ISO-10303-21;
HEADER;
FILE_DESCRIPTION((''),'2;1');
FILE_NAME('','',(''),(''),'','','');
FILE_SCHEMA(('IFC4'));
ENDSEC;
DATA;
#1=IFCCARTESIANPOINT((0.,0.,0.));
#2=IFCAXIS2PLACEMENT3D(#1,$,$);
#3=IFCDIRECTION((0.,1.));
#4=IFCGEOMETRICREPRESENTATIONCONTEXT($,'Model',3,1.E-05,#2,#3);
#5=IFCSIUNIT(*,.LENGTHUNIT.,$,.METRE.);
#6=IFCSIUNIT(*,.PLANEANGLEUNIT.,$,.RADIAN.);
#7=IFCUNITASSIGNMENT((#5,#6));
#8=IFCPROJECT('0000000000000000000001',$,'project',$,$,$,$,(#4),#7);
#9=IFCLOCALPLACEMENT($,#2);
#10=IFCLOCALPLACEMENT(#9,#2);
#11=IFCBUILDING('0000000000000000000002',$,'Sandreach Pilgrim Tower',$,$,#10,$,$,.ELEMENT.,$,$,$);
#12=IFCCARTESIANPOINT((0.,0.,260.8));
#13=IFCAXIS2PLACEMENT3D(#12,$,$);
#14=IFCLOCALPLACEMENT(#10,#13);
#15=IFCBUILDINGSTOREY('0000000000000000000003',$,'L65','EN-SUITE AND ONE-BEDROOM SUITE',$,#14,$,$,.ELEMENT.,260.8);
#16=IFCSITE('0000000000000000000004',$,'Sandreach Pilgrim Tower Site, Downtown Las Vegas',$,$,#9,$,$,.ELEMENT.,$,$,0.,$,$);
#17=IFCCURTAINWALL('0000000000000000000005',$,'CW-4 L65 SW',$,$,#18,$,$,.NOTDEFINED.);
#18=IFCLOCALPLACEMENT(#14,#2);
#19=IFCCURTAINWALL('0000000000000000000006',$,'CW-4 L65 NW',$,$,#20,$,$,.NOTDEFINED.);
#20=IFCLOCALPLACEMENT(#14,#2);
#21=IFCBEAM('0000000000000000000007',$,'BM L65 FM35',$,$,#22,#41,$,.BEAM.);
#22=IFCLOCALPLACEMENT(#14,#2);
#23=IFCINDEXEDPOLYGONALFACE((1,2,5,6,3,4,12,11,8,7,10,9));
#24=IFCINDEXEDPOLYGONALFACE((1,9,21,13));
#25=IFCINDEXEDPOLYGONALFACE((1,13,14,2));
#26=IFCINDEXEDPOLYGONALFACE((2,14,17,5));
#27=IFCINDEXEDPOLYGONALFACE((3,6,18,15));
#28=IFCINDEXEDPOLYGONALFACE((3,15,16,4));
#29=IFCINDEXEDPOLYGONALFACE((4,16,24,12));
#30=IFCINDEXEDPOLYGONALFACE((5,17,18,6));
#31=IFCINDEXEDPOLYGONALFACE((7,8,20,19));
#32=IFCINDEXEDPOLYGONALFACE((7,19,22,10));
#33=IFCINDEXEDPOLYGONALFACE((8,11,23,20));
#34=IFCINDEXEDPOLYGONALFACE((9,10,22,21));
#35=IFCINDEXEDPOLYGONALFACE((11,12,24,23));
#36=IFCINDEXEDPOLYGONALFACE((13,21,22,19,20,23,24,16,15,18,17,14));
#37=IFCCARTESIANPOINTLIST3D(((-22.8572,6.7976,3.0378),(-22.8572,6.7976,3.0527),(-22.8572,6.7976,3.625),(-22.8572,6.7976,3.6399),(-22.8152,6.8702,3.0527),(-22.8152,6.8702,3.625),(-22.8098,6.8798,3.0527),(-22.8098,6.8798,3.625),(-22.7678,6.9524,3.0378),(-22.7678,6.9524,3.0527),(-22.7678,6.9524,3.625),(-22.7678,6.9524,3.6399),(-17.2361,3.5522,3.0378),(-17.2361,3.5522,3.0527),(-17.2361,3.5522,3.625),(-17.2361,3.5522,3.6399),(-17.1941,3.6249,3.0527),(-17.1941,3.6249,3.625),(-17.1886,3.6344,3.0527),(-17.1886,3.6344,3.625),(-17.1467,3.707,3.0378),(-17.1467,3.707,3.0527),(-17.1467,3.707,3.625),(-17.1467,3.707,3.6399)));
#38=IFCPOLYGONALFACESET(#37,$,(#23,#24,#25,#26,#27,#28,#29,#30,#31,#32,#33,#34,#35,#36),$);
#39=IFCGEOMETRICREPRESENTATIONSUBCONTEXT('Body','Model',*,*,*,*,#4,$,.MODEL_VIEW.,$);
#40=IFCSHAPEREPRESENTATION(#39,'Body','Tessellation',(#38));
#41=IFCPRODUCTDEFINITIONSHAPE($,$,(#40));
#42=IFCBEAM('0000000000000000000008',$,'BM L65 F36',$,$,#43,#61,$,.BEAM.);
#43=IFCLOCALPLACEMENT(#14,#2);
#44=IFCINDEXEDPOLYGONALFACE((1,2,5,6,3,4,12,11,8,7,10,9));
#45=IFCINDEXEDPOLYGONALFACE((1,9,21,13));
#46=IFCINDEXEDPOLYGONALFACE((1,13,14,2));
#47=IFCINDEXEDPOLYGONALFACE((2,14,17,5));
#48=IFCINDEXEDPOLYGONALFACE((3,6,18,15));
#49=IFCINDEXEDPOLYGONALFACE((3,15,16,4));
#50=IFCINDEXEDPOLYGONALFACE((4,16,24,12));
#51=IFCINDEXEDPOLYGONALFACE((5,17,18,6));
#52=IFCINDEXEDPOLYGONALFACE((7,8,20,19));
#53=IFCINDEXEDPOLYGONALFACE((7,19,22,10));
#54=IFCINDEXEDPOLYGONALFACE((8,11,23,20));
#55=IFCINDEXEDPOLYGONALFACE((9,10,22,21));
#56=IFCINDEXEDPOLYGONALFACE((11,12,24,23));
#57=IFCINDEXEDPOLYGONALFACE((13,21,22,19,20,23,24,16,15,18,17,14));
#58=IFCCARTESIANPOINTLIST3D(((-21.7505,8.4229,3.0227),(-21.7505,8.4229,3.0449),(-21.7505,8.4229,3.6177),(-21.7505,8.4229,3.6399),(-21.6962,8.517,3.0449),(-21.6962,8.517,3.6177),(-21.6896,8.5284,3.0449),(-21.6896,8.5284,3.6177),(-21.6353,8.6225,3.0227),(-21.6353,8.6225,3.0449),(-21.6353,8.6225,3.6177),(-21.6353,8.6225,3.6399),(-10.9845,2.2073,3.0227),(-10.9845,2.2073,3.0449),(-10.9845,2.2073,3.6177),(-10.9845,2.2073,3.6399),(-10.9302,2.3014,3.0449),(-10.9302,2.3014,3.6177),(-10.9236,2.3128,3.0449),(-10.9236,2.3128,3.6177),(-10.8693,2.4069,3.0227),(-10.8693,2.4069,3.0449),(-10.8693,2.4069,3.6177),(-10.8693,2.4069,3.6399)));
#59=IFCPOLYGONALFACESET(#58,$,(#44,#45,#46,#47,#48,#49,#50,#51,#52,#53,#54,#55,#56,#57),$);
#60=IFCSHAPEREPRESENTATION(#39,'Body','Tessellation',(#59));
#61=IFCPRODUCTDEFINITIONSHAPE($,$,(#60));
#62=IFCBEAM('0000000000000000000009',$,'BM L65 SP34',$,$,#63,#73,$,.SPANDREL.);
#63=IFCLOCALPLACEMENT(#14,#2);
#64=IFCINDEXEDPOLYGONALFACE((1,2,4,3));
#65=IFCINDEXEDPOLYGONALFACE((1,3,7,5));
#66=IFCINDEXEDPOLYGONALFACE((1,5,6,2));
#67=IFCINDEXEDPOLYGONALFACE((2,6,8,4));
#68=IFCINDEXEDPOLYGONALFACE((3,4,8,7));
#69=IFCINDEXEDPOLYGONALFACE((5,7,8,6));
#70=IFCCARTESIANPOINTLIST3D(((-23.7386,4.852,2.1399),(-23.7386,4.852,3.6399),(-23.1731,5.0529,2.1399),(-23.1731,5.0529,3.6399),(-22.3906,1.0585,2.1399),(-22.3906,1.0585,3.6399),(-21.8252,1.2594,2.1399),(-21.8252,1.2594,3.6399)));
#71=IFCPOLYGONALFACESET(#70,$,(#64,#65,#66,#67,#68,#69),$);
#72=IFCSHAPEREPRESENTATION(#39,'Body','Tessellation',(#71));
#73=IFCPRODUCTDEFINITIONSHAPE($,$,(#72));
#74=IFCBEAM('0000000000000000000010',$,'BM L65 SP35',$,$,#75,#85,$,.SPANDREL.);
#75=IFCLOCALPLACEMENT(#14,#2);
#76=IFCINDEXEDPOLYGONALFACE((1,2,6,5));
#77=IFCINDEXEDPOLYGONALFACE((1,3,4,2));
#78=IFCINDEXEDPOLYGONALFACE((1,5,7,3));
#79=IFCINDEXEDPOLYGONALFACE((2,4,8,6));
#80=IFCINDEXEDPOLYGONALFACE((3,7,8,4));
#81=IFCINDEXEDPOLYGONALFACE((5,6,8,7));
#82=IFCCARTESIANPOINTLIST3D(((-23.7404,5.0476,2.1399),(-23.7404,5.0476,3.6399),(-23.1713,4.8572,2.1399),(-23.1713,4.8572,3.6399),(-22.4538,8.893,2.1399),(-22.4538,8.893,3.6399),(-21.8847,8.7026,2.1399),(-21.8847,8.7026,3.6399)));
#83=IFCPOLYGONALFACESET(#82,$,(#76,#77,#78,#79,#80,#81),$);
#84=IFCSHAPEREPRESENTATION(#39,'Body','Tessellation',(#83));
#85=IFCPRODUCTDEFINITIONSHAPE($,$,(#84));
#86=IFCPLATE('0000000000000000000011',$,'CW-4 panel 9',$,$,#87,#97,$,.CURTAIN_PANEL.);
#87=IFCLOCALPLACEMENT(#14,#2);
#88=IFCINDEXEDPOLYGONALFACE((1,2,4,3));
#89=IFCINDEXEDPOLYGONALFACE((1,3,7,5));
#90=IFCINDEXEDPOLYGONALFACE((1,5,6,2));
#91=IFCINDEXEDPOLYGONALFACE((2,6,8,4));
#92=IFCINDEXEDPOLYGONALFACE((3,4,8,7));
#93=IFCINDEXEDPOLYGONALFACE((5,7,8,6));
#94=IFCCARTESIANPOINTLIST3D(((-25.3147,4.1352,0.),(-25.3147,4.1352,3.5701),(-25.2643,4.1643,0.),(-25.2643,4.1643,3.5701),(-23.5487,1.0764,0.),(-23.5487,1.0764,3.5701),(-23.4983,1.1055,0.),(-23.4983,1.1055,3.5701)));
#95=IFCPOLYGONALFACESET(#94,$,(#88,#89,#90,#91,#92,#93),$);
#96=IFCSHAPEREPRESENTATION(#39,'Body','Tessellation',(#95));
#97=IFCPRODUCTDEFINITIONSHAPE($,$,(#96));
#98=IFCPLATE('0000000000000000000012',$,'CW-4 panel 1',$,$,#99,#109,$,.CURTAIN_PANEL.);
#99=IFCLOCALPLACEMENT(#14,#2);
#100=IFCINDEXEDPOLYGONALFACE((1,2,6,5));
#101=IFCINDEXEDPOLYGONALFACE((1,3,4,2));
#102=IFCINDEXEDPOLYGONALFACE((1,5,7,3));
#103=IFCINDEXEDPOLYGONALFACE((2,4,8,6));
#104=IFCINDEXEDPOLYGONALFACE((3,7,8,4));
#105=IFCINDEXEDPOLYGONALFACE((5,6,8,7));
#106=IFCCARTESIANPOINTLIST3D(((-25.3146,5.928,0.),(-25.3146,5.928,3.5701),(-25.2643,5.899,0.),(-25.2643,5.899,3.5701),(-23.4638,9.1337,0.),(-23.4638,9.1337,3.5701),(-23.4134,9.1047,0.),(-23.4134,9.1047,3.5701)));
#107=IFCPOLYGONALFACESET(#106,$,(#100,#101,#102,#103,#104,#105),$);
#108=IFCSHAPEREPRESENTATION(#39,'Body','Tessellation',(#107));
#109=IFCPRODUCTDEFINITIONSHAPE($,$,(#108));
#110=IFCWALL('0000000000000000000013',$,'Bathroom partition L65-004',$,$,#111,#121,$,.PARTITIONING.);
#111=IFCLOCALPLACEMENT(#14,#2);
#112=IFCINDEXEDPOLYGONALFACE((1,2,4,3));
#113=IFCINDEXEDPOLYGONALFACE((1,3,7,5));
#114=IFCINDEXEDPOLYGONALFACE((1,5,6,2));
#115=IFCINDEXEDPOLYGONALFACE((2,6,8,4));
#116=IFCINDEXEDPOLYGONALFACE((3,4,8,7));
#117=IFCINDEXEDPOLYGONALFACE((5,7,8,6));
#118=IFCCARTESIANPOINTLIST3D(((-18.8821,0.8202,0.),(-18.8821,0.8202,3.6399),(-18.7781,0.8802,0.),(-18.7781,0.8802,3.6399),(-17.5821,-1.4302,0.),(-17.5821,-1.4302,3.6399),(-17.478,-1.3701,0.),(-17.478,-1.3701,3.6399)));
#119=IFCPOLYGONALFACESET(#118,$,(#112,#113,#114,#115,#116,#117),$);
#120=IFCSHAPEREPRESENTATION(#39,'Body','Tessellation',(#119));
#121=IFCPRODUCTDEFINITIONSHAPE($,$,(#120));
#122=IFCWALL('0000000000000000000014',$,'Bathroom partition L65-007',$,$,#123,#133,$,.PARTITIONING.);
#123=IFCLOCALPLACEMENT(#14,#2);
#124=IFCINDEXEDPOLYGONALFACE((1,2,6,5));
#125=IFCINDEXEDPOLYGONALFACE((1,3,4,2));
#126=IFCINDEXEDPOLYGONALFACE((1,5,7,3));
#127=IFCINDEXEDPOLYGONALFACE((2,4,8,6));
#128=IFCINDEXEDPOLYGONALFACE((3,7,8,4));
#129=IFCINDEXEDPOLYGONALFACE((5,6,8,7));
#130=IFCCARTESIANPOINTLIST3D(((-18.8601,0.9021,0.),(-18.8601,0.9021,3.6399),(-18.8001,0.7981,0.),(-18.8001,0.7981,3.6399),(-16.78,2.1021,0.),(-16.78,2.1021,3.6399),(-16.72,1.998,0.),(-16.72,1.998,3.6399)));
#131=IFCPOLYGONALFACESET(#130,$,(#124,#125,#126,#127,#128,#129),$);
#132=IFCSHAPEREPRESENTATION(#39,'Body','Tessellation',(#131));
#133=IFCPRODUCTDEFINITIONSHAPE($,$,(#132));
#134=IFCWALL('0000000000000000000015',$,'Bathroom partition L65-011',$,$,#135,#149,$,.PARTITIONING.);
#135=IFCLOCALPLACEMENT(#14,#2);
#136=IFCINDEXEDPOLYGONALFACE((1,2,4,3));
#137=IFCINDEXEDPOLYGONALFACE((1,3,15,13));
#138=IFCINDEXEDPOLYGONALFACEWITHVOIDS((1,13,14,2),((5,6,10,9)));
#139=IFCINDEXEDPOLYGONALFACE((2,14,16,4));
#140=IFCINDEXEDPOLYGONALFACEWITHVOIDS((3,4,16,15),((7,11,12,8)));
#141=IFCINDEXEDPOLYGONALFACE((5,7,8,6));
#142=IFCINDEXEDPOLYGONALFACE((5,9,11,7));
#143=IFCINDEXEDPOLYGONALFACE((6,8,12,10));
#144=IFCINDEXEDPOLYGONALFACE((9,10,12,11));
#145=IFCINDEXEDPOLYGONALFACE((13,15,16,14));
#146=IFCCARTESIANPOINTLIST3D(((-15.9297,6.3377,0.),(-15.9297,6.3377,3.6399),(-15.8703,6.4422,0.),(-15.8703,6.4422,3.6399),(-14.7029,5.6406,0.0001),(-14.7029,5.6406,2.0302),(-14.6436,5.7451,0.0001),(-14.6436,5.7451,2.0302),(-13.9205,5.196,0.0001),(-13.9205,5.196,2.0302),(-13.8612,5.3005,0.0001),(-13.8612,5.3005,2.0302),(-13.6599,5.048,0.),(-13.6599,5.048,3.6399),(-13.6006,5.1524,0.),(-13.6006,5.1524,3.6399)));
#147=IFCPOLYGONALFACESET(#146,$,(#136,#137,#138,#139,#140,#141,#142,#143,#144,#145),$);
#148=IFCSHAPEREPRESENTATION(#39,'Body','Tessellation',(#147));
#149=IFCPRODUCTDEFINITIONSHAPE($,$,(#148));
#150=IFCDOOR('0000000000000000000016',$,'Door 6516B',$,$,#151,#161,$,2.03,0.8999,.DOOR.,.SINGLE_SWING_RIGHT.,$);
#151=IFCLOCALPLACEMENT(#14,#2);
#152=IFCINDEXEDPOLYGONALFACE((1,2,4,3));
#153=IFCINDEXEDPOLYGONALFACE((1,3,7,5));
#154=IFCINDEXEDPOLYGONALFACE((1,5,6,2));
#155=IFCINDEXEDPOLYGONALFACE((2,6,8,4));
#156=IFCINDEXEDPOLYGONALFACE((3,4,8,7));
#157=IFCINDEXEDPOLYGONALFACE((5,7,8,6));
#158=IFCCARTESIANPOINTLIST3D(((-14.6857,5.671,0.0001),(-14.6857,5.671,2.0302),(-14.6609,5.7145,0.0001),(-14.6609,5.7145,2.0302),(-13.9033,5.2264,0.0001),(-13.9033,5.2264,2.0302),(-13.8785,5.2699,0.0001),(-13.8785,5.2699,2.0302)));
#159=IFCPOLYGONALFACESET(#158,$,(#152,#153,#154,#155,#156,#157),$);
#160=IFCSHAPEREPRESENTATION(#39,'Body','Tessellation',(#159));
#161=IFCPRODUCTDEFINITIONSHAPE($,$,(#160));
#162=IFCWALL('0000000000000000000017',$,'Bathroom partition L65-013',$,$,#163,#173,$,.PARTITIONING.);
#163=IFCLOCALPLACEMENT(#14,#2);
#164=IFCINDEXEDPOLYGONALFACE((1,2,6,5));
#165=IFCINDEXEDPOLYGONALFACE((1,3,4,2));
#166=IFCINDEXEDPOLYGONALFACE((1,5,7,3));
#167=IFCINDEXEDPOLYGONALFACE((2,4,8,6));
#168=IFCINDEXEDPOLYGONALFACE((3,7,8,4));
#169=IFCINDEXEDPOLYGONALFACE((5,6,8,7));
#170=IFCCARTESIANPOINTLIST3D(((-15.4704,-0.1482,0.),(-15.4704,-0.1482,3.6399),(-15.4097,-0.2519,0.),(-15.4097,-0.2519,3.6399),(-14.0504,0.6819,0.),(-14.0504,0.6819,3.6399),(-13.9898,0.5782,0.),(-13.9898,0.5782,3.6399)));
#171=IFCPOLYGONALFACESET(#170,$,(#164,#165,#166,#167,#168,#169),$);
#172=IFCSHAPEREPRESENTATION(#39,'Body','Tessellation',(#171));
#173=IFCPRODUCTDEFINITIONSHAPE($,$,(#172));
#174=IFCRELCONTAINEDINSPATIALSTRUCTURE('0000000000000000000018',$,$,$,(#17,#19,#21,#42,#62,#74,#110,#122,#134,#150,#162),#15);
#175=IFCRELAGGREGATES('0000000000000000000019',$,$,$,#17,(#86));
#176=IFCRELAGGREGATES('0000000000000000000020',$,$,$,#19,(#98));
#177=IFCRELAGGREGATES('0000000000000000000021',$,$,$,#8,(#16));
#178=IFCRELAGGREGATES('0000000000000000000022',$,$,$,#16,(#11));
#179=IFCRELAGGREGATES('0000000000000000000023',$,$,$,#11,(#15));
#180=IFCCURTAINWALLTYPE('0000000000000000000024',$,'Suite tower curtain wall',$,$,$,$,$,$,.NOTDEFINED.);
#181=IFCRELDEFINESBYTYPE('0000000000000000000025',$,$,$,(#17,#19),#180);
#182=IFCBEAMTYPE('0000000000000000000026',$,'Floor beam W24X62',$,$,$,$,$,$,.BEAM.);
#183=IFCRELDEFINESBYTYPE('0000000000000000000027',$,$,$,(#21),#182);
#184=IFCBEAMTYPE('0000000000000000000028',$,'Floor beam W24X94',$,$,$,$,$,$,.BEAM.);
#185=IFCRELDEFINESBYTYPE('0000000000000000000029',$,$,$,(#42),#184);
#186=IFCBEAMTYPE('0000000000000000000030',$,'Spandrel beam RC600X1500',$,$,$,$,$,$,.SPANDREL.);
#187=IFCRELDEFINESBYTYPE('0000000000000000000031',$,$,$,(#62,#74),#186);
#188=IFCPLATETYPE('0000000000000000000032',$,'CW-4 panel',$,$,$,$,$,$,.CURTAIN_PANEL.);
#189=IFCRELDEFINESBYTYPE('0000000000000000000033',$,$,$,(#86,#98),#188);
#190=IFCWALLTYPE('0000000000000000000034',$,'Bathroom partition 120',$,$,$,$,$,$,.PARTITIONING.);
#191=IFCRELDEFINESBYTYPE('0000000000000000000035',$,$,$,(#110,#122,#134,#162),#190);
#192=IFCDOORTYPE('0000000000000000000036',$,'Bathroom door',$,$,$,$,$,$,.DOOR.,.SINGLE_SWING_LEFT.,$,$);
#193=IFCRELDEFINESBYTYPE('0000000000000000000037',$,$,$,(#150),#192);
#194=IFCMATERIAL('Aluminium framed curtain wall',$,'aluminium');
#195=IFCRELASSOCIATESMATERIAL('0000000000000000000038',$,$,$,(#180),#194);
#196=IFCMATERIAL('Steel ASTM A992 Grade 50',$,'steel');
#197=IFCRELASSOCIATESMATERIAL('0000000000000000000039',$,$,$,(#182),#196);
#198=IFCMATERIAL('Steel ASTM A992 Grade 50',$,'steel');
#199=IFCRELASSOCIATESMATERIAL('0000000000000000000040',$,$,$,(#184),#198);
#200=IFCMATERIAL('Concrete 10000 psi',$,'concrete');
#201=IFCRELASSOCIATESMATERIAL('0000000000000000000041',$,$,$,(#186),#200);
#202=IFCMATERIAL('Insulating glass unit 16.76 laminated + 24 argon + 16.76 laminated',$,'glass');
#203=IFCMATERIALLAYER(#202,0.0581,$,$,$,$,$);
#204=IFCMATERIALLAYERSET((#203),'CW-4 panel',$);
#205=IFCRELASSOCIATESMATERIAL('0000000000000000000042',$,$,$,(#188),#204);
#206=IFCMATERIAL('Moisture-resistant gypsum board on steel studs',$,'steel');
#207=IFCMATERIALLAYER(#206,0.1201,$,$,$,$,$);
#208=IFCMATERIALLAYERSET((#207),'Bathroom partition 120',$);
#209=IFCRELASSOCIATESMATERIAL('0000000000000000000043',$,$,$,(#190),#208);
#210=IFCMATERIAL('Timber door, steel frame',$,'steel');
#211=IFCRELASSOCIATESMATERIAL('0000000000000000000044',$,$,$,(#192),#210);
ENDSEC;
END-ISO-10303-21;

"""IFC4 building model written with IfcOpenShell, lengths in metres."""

from ifc_helpers import new_model, si_unit, direction, frame, frame_2d, origin, origin_2d, place, context, subcontext, project, spatial, rectangle, i_section, extrude, material, layer, layer_set, material_profile, profile_set, type_object, element, fill, aggregate, save


model = new_model("IFC4")

# Units and contexts
model_context = context("Model", 3, precision=1e-05, world=origin(), true_north=direction((0.0, 1.0)))
body_context = subcontext(model_context, "Body", "Model", "MODEL_VIEW")
ifc_project = project(units=[si_unit("LENGTHUNIT", "METRE"), si_unit("PLANEANGLEUNIT", "RADIAN")], contexts=[model_context])

# Site, building, storey
site_placement = place(None, origin())
site = spatial("IfcSite", under=ifc_project, at=site_placement, Name="Sandreach Pilgrim Tower Site, Downtown Las Vegas", CompositionType="ELEMENT", RefElevation=0.0)
building_placement = place(site_placement, origin())
building = spatial("IfcBuilding", under=site, at=building_placement, Name="Sandreach Pilgrim Tower", CompositionType="ELEMENT")
storey_placement = place(building_placement, frame((0.0, 0.0, 260.8)))
storey = spatial("IfcBuildingStorey", under=building, at=storey_placement, Name="L65", Description="EN-SUITE AND ONE-BEDROOM SUITE", CompositionType="ELEMENT", Elevation=260.8)

# Curtain wall
ifc_material_1 = material(Name="Aluminium framed curtain wall", Category="aluminium")
curtain_wall_type = type_object("IfcCurtainWallType", Name="Suite tower curtain wall", PredefinedType="NOTDEFINED", material=ifc_material_1)
curtain_wall_1_placement = place(storey_placement, origin())
curtain_wall_1 = element("IfcCurtainWall", 1, at=curtain_wall_1_placement, inside=storey, type_object=curtain_wall_type, Name="CW-4 L65 SW", PredefinedType="NOTDEFINED")

# Curtain wall
curtain_wall_2_placement = place(storey_placement, origin())
curtain_wall_2 = element("IfcCurtainWall", 2, at=curtain_wall_2_placement, inside=storey, type_object=curtain_wall_type, Name="CW-4 L65 NW", PredefinedType="NOTDEFINED")

# Beams
ifc_material_2 = material(Name="Steel ASTM A992 Grade 50", Category="steel")
ifc_material_profile_1 = material_profile(ifc_material_2, i_section(OverallWidth=0.1787, OverallDepth=0.6021, WebThickness=0.011, FlangeThickness=0.0149, at=origin_2d()), Name="W24X62")
ifc_profile_set_1 = profile_set([ifc_material_profile_1], Name="Steel ASTM A992 Grade 50")
beam_type_1 = type_object("IfcBeamType", Name="Floor beam W24X62", PredefinedType="BEAM", material=ifc_profile_set_1)
beam_1_placement = place(storey_placement, frame((-22.8125, 6.875, 3.3389), z_axis=(0.866024, -0.500002, 0.0), x_axis=(0.500002, 0.866024, 0.0)))
element("IfcBeam", 3, at=beam_1_placement, inside=storey, type_object=beam_type_1, Name="BM L65 FM35", PredefinedType="BEAM", context=body_context, shape_type="SweptSolid", body=[
    extrude(i_section(OverallWidth=0.1787, OverallDepth=0.6021, WebThickness=0.011, FlangeThickness=0.0149, at=origin_2d()), origin(), (0.0, 0.0, 1.0), 6.4907),
])
ifc_material_3 = material(Name="Steel ASTM A992 Grade 50", Category="steel")
ifc_material_profile_2 = material_profile(ifc_material_3, i_section(OverallWidth=0.2305, OverallDepth=0.6172, WebThickness=0.0132, FlangeThickness=0.0222, at=origin_2d()), Name="W24X94")
ifc_profile_set_2 = profile_set([ifc_material_profile_2], Name="Steel ASTM A992 Grade 50")
beam_type_2 = type_object("IfcBeamType", Name="Floor beam W24X94", PredefinedType="BEAM", material=ifc_profile_set_2)
beam_2_placement = place(storey_placement, frame((-21.6929, 8.5227, 3.3313), z_axis=(0.866029, -0.499994, 0.0), x_axis=(0.499994, 0.866029, 0.0)))
element("IfcBeam", 4, at=beam_2_placement, inside=storey, type_object=beam_type_2, Name="BM L65 F36", PredefinedType="BEAM", context=body_context, shape_type="SweptSolid", body=[
    extrude(i_section(OverallWidth=0.2305, OverallDepth=0.6172, WebThickness=0.0132, FlangeThickness=0.0222, at=origin_2d()), origin(), (0.0, 0.0, 1.0), 12.4314),
])
ifc_material_4 = material(Name="Concrete 10000 psi", Category="concrete")
ifc_material_profile_3 = material_profile(ifc_material_4, rectangle(XDim=0.6001, YDim=1.5, at=origin_2d()), Name="RC600X1500")
ifc_profile_set_3 = profile_set([ifc_material_profile_3], Name="Concrete 10000 psi")
beam_type_3 = type_object("IfcBeamType", Name="Spandrel beam RC600X1500", PredefinedType="SPANDREL", material=ifc_profile_set_3)
beam_3_placement = place(storey_placement, frame((-22.1079, 1.1589, 2.8899), z_axis=(-0.334815, 0.942284, 0.0), x_axis=(-0.942284, -0.334815, 0.0)))
element("IfcBeam", 5, at=beam_3_placement, inside=storey, type_object=beam_type_3, Name="BM L65 SP34", PredefinedType="SPANDREL", context=body_context, shape_type="SweptSolid", body=[
    extrude(rectangle(XDim=0.6001, YDim=1.5, at=origin_2d()), origin(), (0.0, 0.0, 1.0), 4.0259),
])
beam_4_placement = place(storey_placement, frame((-23.4558, 4.9524, 2.8899), z_axis=(0.317293, 0.948327, 0.0), x_axis=(-0.948327, 0.317293, 0.0)))
element("IfcBeam", 6, at=beam_4_placement, inside=storey, type_object=beam_type_3, Name="BM L65 SP35", PredefinedType="SPANDREL", context=body_context, shape_type="SweptSolid", body=[
    extrude(rectangle(XDim=0.6001, YDim=1.5, at=origin_2d()), origin(), (0.0, 0.0, 1.0), 4.0549),
])

# Plates
ifc_material_5 = material(Name="Insulating glass unit 16.76 laminated + 24 argon + 16.76 laminated", Category="glass")
ifc_layer_1 = layer(ifc_material_5, 0.0581)
ifc_layer_set_1 = layer_set([ifc_layer_1], Name="CW-4 panel")
plate_type = type_object("IfcPlateType", Name="CW-4 panel", PredefinedType="CURTAIN_PANEL", material=ifc_layer_set_1)
plate_1_placement = place(storey_placement, frame((-24.4065, 2.6204, 0.0), z_axis=(0.0, 0.0, 1.0), x_axis=(-0.5, 0.866025, 0.0)))
plate_1 = element("IfcPlate", 7, at=plate_1_placement, type_object=plate_type, Name="CW-4 panel 9", PredefinedType="CURTAIN_PANEL", context=body_context, shape_type="SweptSolid", body=[
    extrude(rectangle(XDim=3.532, YDim=0.0581, at=origin_2d()), origin(), (0.0, 0.0, 1.0), 3.5701),
])
aggregate(curtain_wall_1, [plate_1])
plate_2_placement = place(storey_placement, frame((-24.364, 7.5164, 0.0), z_axis=(0.0, 0.0, 1.0), x_axis=(0.5, 0.866025, 0.0)))
plate_2 = element("IfcPlate", 8, at=plate_2_placement, type_object=plate_type, Name="CW-4 panel 1", PredefinedType="CURTAIN_PANEL", context=body_context, shape_type="SweptSolid", body=[
    extrude(rectangle(XDim=3.7017, YDim=0.0581, at=origin_2d()), origin(), (0.0, 0.0, 1.0), 3.5701),
])
aggregate(curtain_wall_2, [plate_2])

# Walls
ifc_material_6 = material(Name="Moisture-resistant gypsum board on steel studs", Category="steel")
ifc_layer_2 = layer(ifc_material_6, 0.1201)
ifc_layer_set_2 = layer_set([ifc_layer_2], Name="Bathroom partition 120")
wall_type_1 = type_object("IfcWallType", Name="Bathroom partition 120", PredefinedType="PARTITIONING", material=ifc_layer_set_2)
wall_1_placement = place(storey_placement, frame((-18.8301, 0.8501, 0.0), z_axis=(0.0, 0.0, 1.0), x_axis=(0.500251, -0.86588, 0.0)))
element("IfcWall", 9, at=wall_1_placement, inside=storey, type_object=wall_type_1, Name="Bathroom partition L65-004", PredefinedType="PARTITIONING", context=body_context, shape_type="SweptSolid", body=[
    extrude(rectangle(XDim=2.5989, YDim=0.1201, at=frame_2d((1.2993, 0.0))), origin(), (0.0, 0.0, 1.0), 3.6399),
])
wall_2_placement = place(storey_placement, frame((-16.75, 2.05, 0.0), z_axis=(0.0, 0.0, 1.0), x_axis=(-0.866203, -0.499693, 0.0)))
element("IfcWall", 10, at=wall_2_placement, inside=storey, type_object=wall_type_1, Name="Bathroom partition L65-007", PredefinedType="PARTITIONING", context=body_context, shape_type="SweptSolid", body=[
    extrude(rectangle(XDim=2.4014, YDim=0.1201, at=frame_2d((1.2007, 0.0))), origin(), (0.0, 0.0, 1.0), 3.6399),
])

# Wall, opening, door
wall_3_placement = place(storey_placement, frame((-15.8999, 6.3899, 0.0), z_axis=(0.0, 0.0, 1.0), x_axis=(0.869432, -0.494053, 0.0)))
wall_3 = element("IfcWall", 11, at=wall_3_placement, inside=storey, type_object=wall_type_1, Name="Bathroom partition L65-011", PredefinedType="PARTITIONING", context=body_context, shape_type="SweptSolid", body=[
    extrude(rectangle(XDim=2.6106, YDim=0.1201, at=frame_2d((1.3052, 0.0))), origin(), (0.0, 0.0, 1.0), 3.6399),
])
opening_1_placement = place(wall_3_placement, frame((1.4109, 0.0, 0.0)))
opening_1 = element("IfcOpeningElement", 12, at=opening_1_placement, cuts=wall_3, PredefinedType="OPENING", context=body_context, shape_type="SweptSolid", body=[
    extrude(rectangle(XDim=0.8999, YDim=2.03, at=frame_2d((0.45, 1.0151))), frame((0.0, 0.0601, 0.0), z_axis=(0.0, -1.0, 0.0), x_axis=(1.0, 0.0, 0.0)), (0.0, 0.0, 1.0), 0.1201),
])
ifc_material_7 = material(Name="Timber door, steel frame", Category="steel")
door_type_1 = type_object("IfcDoorType", Name="Bathroom door", OperationType="SINGLE_SWING_LEFT", PredefinedType="DOOR", material=ifc_material_7)
door_1_placement = place(opening_1_placement, origin())
door_1 = element("IfcDoor", 13, at=door_1_placement, inside=storey, type_object=door_type_1, Name="Door 6516B", OperationType="SINGLE_SWING_RIGHT", OverallHeight=2.03, OverallWidth=0.8999, PredefinedType="DOOR", context=body_context, shape_type="SweptSolid", body=[
    extrude(rectangle(XDim=0.8999, YDim=2.03, at=frame_2d((0.45, 1.0151))), frame((0.0, 0.0249, 0.0), z_axis=(0.0, -1.0, 0.0), x_axis=(1.0, 0.0, 0.0)), (0.0, 0.0, 1.0), 0.05),
])
fill(opening_1, door_1)

# Wall
wall_4_placement = place(storey_placement, frame((-15.4399, -0.2, 0.0), z_axis=(0.0, 0.0, 1.0), x_axis=(0.863305, 0.504683, 0.0)))
element("IfcWall", 14, at=wall_4_placement, inside=storey, type_object=wall_type_1, Name="Bathroom partition L65-013", PredefinedType="PARTITIONING", context=body_context, shape_type="SweptSolid", body=[
    extrude(rectangle(XDim=1.6448, YDim=0.1201, at=frame_2d((0.8223, 0.0))), origin(), (0.0, 0.0, 1.0), 3.6399),
])

save(model, "model.ifc")
